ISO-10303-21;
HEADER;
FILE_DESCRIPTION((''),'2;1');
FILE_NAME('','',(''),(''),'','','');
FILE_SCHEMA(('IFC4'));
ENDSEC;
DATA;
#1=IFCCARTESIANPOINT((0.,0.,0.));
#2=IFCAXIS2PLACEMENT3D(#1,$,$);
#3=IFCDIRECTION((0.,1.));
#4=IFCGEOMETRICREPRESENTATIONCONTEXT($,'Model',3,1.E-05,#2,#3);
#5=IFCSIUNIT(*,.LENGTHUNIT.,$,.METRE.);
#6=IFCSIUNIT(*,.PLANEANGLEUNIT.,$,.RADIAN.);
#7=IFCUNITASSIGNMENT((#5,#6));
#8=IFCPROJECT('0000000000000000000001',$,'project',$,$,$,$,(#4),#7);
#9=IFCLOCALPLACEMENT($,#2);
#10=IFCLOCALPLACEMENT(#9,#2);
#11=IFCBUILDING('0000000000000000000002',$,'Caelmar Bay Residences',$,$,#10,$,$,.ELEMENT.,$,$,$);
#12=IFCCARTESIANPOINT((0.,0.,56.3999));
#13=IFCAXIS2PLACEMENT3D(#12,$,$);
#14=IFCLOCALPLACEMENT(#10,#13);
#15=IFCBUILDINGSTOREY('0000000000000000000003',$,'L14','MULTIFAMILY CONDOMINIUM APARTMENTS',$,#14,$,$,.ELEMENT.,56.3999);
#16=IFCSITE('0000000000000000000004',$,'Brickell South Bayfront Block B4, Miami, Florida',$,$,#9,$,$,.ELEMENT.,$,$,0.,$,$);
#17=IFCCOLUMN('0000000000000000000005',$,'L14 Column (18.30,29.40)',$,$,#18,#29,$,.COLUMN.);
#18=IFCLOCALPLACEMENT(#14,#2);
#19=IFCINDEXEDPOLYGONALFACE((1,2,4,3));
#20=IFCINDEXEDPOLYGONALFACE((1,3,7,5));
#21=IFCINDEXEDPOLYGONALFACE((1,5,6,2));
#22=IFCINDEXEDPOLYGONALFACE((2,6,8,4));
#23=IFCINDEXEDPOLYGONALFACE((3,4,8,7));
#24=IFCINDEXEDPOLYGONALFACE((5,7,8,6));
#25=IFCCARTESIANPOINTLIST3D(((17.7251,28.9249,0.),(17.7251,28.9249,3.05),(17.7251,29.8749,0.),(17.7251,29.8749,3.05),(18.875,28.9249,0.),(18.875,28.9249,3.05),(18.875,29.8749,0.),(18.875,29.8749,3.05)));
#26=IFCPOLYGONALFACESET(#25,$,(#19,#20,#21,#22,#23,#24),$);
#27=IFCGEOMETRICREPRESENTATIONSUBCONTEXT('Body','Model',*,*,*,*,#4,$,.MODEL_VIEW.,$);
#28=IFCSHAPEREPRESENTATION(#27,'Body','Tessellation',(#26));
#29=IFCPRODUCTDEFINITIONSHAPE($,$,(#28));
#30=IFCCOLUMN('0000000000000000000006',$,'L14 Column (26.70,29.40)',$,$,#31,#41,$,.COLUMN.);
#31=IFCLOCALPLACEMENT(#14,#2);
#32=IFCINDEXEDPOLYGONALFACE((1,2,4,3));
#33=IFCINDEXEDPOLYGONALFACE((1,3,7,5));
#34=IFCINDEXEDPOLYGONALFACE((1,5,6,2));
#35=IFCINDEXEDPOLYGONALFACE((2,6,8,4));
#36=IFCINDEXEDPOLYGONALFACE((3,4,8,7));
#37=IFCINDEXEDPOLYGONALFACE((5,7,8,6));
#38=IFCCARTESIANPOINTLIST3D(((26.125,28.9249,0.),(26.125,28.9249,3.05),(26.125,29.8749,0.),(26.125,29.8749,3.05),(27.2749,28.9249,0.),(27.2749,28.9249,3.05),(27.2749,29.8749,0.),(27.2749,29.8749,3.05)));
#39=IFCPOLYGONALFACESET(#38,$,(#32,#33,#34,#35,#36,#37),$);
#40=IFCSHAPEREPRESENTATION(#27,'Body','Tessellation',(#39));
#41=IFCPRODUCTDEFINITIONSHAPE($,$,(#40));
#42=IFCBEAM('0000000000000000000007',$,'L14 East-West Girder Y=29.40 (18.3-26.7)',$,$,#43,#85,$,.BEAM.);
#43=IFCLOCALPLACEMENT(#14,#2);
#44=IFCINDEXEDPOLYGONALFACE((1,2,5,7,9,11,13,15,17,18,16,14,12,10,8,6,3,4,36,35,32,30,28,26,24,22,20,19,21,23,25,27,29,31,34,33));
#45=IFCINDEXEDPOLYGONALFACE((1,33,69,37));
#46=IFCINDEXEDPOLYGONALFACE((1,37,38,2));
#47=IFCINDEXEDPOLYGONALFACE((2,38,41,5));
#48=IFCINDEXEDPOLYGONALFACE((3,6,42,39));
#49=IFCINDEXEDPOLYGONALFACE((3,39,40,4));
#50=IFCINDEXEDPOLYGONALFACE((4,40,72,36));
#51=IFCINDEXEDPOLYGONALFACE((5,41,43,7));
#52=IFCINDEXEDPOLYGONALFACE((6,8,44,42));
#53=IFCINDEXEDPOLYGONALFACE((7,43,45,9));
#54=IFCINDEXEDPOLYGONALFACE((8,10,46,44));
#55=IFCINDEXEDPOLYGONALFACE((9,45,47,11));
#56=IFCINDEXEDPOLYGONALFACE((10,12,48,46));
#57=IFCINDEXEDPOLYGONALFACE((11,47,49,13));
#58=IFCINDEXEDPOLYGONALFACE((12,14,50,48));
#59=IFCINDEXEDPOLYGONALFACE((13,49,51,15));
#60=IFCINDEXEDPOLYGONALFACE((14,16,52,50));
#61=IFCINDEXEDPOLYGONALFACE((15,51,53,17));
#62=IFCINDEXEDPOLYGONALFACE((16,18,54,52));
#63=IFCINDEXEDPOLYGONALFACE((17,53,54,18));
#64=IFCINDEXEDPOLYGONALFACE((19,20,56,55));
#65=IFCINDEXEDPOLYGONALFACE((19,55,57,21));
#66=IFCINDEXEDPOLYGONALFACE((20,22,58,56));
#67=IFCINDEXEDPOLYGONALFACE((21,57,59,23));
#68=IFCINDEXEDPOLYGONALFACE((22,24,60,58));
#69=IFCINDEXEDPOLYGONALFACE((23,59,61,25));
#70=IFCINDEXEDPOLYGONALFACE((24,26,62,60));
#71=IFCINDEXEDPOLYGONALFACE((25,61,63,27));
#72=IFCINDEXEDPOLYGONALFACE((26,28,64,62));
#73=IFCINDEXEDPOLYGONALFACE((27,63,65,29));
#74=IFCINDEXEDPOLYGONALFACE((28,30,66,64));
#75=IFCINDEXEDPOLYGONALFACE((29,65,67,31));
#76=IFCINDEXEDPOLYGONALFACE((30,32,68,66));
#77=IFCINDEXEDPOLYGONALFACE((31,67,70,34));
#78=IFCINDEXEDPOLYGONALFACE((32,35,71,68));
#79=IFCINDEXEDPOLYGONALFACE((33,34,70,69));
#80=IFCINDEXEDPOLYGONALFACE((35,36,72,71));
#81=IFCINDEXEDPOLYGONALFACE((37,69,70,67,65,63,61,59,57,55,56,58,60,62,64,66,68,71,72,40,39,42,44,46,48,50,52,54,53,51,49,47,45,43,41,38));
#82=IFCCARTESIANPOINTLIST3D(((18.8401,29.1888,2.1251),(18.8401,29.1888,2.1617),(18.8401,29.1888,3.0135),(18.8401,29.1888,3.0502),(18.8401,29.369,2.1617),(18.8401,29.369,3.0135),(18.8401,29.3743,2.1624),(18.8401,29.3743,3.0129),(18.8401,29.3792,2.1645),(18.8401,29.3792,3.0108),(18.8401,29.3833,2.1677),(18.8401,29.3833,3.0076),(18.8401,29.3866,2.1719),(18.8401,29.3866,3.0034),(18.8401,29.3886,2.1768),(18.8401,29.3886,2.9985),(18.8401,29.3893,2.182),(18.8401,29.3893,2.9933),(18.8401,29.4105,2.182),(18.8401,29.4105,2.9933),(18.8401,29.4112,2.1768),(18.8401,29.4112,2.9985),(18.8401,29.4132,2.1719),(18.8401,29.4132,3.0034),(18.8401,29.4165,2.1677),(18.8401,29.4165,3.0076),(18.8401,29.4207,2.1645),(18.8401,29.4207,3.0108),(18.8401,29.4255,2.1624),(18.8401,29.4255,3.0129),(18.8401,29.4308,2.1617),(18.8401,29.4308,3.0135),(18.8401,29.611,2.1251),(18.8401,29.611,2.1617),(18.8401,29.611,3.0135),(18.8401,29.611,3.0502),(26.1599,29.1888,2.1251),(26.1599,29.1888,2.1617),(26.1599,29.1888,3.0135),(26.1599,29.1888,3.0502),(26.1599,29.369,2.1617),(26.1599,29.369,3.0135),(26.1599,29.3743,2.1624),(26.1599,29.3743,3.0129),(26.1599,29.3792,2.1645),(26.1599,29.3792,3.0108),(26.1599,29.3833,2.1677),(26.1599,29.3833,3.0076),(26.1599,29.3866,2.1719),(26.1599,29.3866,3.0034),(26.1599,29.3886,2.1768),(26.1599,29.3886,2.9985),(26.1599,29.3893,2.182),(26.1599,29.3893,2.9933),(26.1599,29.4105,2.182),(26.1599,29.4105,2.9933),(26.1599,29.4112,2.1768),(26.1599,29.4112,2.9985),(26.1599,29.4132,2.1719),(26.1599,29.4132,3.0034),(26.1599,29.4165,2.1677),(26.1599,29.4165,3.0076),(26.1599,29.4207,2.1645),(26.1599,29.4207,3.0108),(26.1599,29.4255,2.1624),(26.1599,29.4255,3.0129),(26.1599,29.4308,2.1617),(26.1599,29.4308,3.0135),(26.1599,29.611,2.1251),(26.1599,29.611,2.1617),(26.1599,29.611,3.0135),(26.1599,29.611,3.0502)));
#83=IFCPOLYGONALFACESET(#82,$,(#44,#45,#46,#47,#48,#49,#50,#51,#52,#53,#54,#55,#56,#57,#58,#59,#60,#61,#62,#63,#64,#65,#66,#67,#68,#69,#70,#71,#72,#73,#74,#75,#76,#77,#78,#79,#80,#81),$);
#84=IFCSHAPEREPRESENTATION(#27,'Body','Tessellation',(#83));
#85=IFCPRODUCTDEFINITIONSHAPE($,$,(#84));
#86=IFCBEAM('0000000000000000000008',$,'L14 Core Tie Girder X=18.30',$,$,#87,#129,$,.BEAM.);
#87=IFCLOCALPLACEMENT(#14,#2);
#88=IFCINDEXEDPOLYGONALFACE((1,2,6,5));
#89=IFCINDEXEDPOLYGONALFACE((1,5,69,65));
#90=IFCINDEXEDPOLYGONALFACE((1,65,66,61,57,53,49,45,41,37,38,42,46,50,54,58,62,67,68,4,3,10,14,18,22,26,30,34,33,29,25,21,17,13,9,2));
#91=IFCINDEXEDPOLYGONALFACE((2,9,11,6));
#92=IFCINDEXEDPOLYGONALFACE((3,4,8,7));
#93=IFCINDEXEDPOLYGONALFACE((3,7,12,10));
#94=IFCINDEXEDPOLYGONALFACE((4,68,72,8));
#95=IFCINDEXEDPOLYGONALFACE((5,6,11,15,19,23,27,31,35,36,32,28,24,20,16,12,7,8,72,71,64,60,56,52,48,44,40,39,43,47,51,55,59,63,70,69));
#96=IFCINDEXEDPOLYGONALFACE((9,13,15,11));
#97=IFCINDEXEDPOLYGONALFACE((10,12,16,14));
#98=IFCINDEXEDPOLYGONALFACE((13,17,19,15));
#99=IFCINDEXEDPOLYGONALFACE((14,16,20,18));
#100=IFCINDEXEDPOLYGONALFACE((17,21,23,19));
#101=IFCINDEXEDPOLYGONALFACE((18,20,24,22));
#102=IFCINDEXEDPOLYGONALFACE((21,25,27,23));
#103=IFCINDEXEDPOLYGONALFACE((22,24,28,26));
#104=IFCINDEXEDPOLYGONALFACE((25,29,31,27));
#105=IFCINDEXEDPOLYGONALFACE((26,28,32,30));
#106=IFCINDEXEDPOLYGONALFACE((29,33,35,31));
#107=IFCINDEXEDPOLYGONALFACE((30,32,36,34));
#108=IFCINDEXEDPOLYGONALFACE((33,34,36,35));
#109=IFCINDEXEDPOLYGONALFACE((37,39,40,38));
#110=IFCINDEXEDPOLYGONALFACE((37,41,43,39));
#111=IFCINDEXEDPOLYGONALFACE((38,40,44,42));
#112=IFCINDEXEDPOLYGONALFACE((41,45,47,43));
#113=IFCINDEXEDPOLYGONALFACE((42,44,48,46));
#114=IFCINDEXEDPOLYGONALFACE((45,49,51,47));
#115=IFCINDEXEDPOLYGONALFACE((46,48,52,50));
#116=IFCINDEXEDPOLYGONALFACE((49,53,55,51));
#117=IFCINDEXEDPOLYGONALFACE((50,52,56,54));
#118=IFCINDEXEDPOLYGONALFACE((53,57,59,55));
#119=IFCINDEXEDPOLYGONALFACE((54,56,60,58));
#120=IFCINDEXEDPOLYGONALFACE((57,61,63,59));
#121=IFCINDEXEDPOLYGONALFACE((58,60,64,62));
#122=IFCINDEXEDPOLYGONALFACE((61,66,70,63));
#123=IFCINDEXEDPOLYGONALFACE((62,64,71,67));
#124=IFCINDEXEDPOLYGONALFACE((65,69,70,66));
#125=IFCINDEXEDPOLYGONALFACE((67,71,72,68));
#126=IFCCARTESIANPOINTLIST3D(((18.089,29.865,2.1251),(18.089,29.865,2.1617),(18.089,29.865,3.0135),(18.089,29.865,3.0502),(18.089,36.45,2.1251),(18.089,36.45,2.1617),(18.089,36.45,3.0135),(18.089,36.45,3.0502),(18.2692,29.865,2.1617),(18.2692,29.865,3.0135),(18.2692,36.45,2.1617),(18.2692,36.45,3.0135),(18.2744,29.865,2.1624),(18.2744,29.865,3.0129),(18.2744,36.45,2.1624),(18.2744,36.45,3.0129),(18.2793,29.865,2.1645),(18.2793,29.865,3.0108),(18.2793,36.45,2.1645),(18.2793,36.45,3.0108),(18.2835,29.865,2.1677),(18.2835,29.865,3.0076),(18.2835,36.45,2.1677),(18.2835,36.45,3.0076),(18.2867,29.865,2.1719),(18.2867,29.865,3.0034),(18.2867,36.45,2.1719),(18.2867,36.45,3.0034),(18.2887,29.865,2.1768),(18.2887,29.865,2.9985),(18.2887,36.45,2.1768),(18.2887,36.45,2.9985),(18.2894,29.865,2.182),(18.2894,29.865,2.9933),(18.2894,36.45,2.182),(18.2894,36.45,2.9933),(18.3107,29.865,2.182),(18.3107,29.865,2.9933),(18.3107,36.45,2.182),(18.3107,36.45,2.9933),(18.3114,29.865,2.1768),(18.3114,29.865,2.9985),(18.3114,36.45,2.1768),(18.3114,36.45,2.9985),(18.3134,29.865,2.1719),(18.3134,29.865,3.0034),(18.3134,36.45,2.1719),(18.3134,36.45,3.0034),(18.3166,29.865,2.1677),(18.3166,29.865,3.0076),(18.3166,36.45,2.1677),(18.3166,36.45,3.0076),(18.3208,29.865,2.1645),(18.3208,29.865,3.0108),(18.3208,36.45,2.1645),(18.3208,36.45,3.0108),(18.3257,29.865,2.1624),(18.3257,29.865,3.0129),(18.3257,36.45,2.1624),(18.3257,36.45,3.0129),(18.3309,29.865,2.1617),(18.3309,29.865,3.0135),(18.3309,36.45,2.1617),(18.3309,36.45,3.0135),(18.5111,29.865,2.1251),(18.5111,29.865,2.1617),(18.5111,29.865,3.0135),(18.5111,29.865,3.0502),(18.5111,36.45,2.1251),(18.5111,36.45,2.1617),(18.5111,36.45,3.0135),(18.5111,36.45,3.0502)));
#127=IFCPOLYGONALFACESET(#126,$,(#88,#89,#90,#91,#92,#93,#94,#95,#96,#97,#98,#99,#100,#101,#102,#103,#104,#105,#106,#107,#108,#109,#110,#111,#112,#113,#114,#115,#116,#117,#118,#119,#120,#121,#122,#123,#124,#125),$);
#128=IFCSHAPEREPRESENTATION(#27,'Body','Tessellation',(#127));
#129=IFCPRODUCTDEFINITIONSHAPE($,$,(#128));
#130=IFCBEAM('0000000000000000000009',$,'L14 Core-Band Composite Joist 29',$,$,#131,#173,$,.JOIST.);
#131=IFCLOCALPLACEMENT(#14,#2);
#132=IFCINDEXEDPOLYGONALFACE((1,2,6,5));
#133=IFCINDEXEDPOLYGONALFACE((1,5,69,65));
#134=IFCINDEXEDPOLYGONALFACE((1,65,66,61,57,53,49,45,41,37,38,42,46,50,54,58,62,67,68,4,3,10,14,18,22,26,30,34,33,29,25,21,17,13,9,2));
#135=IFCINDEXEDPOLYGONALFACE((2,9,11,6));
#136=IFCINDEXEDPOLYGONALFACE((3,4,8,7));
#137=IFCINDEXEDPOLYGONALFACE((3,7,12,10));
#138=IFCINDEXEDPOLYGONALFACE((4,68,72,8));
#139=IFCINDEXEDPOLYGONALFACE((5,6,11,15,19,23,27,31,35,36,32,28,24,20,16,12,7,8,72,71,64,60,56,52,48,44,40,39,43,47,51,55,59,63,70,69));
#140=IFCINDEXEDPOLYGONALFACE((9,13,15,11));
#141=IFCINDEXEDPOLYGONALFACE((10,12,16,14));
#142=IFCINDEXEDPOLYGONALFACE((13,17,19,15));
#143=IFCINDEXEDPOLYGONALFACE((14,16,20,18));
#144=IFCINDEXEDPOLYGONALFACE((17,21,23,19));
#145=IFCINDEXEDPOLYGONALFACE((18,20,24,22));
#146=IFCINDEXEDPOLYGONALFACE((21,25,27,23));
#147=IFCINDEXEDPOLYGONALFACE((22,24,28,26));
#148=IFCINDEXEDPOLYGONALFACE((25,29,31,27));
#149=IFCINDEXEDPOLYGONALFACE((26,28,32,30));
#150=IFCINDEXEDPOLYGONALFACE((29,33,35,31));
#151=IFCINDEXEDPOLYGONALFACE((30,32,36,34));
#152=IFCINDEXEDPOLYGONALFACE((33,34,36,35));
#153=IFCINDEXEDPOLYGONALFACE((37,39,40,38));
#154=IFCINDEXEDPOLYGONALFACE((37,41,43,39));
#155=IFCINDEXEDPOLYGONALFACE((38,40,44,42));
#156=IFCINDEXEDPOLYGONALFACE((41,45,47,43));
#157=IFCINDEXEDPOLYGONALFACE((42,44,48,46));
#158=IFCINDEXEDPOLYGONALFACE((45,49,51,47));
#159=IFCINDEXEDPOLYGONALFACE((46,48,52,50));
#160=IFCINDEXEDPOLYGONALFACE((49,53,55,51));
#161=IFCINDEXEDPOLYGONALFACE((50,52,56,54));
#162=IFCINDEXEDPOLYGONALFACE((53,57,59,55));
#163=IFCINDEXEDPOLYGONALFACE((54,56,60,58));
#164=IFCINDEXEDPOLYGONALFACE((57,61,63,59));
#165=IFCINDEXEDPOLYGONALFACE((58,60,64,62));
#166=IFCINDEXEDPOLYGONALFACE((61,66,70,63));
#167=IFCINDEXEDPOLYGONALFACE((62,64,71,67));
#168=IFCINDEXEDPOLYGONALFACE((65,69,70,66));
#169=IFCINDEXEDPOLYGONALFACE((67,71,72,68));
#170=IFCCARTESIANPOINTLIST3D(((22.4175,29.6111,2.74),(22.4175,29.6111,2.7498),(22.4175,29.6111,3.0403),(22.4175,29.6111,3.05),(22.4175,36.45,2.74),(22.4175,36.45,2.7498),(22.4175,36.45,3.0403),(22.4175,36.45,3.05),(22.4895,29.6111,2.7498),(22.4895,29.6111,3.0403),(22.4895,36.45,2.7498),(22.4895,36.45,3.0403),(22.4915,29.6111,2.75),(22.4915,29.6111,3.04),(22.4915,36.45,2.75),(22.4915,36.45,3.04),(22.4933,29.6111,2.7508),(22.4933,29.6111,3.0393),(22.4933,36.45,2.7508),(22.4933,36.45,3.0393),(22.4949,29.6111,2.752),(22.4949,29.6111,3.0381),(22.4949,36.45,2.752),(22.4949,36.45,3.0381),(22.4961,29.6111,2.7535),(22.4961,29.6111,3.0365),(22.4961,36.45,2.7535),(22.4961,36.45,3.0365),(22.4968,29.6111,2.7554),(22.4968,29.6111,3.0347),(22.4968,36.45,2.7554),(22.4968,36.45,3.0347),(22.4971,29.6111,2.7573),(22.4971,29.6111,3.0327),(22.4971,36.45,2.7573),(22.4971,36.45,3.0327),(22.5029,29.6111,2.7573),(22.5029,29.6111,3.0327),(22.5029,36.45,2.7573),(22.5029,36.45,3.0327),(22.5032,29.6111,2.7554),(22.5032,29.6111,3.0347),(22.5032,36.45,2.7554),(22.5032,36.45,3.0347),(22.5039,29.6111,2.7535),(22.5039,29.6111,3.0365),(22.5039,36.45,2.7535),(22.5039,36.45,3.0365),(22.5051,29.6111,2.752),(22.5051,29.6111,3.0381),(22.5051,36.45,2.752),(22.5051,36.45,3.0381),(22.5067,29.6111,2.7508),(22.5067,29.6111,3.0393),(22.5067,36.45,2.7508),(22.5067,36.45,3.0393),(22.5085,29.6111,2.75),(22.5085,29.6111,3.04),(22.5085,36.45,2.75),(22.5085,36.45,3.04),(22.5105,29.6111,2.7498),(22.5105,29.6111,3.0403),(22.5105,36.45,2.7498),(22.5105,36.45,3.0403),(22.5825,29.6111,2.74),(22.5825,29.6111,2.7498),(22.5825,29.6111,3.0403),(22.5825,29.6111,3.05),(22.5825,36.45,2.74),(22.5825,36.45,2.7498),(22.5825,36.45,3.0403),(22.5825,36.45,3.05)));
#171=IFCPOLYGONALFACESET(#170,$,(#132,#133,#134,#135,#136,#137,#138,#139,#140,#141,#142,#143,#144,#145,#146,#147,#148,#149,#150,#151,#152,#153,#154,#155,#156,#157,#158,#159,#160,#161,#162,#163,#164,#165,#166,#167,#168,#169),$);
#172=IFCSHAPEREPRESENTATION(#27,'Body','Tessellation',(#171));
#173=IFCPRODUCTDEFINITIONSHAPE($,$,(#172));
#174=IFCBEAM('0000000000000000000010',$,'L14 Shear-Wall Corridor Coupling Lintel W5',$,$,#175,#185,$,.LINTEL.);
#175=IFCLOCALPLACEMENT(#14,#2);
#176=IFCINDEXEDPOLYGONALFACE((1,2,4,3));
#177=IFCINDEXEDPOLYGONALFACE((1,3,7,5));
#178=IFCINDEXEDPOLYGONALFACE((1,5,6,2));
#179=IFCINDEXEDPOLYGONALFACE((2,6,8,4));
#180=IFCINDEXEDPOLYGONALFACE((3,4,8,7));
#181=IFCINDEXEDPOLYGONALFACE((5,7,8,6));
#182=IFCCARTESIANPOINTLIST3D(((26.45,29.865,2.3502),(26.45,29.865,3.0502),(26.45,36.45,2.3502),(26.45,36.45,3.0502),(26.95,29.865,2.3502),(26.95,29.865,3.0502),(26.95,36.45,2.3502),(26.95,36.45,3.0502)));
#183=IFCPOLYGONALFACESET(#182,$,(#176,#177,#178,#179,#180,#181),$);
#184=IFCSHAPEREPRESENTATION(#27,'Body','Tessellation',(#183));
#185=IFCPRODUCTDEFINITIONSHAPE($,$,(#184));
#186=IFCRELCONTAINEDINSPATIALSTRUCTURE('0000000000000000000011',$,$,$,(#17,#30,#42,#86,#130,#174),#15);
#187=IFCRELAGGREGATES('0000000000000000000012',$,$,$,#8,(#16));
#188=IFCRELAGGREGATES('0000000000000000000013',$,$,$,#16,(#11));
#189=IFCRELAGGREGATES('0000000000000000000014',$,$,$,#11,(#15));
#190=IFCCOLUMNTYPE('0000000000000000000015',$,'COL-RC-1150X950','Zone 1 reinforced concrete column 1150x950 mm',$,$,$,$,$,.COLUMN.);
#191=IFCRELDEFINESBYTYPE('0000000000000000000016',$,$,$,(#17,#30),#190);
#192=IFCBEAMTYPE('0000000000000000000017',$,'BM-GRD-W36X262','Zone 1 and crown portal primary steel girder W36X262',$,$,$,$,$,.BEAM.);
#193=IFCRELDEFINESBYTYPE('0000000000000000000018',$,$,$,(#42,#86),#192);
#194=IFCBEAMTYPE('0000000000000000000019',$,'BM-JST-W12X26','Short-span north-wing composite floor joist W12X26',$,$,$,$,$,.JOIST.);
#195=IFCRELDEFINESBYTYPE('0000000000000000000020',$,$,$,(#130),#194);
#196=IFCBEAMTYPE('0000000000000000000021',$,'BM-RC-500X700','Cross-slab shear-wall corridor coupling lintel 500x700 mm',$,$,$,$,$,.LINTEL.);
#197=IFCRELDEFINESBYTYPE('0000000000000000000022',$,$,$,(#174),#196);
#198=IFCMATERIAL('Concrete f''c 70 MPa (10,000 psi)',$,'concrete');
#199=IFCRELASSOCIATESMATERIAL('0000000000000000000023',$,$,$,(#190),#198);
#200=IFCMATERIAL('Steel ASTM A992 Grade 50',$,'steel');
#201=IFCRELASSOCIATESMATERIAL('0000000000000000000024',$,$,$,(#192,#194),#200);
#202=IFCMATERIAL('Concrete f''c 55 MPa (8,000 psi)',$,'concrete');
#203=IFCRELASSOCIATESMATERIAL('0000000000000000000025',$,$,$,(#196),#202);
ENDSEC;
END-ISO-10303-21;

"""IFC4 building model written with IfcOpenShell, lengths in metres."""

from ifc_helpers import new_model, si_unit, direction, frame, origin, origin_2d, place, context, subcontext, project, spatial, rectangle, i_section, extrude, material, material_profile, profile_set, type_object, element, save


model = new_model("IFC4")

# Units and contexts
model_context = context("Model", 3, precision=1e-05, world=origin(), true_north=direction((0.0, 1.0)))
body_context = subcontext(model_context, "Body", "Model", "MODEL_VIEW")
ifc_project = project(units=[si_unit("LENGTHUNIT", "METRE"), si_unit("PLANEANGLEUNIT", "RADIAN")], contexts=[model_context])

# Site, building, storey
site_placement = place(None, origin())
site = spatial("IfcSite", under=ifc_project, at=site_placement, Name="Brickell South Bayfront Block B4, Miami, Florida", CompositionType="ELEMENT", RefElevation=0.0)
building_placement = place(site_placement, origin())
building = spatial("IfcBuilding", under=site, at=building_placement, Name="Caelmar Bay Residences", CompositionType="ELEMENT")
storey_placement = place(building_placement, frame((0.0, 0.0, 56.3999)))
storey = spatial("IfcBuildingStorey", under=building, at=storey_placement, Name="L14", Description="MULTIFAMILY CONDOMINIUM APARTMENTS", CompositionType="ELEMENT", Elevation=56.3999)

# Columns
ifc_material_1 = material(Name="Concrete f'c 70 MPa (10,000 psi)", Category="concrete")
ifc_material_profile_1 = material_profile(ifc_material_1, rectangle(XDim=1.1499, YDim=0.95, at=origin_2d()), Name="RC-COL-1150X950")
ifc_profile_set_1 = profile_set([ifc_material_profile_1], Name="Concrete f'c 70 MPa (10,000 psi)")
column_type = type_object("IfcColumnType", Name="COL-RC-1150X950", Description="Zone 1 reinforced concrete column 1150x950 mm", PredefinedType="COLUMN", material=ifc_profile_set_1)
for number, where, z_axis, x_axis, name in (
    (1, (18.3, 29.3999, 0.0), (0.0, 0.0, 1.0), (1.0, 0.0, 0.0), "L14 Column (18.30,29.40)"),
    (2, (26.7, 29.3999, 0.0), (0.0, 0.0, 1.0), (1.0, 0.0, 0.0), "L14 Column (26.70,29.40)"),
):
    element("IfcColumn", number, at=place(storey_placement, frame(where, z_axis=z_axis, x_axis=x_axis)), inside=storey, type_object=column_type, Name=name, PredefinedType="COLUMN", context=body_context, shape_type="SweptSolid", body=[
        extrude(rectangle(XDim=1.1499, YDim=0.95, at=origin_2d()), origin(), (0.0, 0.0, 1.0), 3.05),
    ])

# Beams
ifc_material_2 = material(Name="Steel ASTM A992 Grade 50", Category="steel")
ifc_material_profile_2 = material_profile(ifc_material_2, i_section(OverallWidth=0.4221, OverallDepth=0.925, WebThickness=0.0212, FlangeThickness=0.0366, FilletRadius=0.0203, at=origin_2d()), Name="W36X262")
ifc_profile_set_2 = profile_set([ifc_material_profile_2], Name="Steel ASTM A992 Grade 50")
beam_type_1 = type_object("IfcBeamType", Name="BM-GRD-W36X262", Description="Zone 1 and crown portal primary steel girder W36X262", PredefinedType="BEAM", material=ifc_profile_set_2)
beam_1_placement = place(storey_placement, frame((18.8401, 29.3999, 2.5876), z_axis=(1.0, 0.0, 0.0), x_axis=(0.0, 1.0, 0.0)))
element("IfcBeam", 3, at=beam_1_placement, inside=storey, type_object=beam_type_1, Name="L14 East-West Girder Y=29.40 (18.3-26.7)", PredefinedType="BEAM", context=body_context, shape_type="SweptSolid", body=[
    extrude(i_section(OverallWidth=0.4221, OverallDepth=0.925, WebThickness=0.0212, FlangeThickness=0.0366, FilletRadius=0.0203, at=origin_2d()), origin(), (0.0, 0.0, 1.0), 7.3198),
])
beam_2_placement = place(storey_placement, frame((18.3, 29.865, 2.5876), z_axis=(0.0, 1.0, 0.0), x_axis=(-1.0, 0.0, 0.0)))
element("IfcBeam", 4, at=beam_2_placement, inside=storey, type_object=beam_type_1, Name="L14 Core Tie Girder X=18.30", PredefinedType="BEAM", context=body_context, shape_type="SweptSolid", body=[
    extrude(i_section(OverallWidth=0.4221, OverallDepth=0.925, WebThickness=0.0212, FlangeThickness=0.0366, FilletRadius=0.0203, at=origin_2d()), origin(), (0.0, 0.0, 1.0), 6.585),
])
ifc_material_profile_3 = material_profile(ifc_material_2, i_section(OverallWidth=0.165, OverallDepth=0.3101, WebThickness=0.0059, FlangeThickness=0.0098, FilletRadius=0.0076, at=origin_2d()), Name="W12X26")
ifc_profile_set_3 = profile_set([ifc_material_profile_3], Name="Steel ASTM A992 Grade 50")
beam_type_2 = type_object("IfcBeamType", Name="BM-JST-W12X26", Description="Short-span north-wing composite floor joist W12X26", PredefinedType="JOIST", material=ifc_profile_set_3)
beam_3_placement = place(storey_placement, frame((22.5, 29.6111, 2.895), z_axis=(0.0, 1.0, 0.0), x_axis=(-1.0, 0.0, 0.0)))
element("IfcBeam", 5, at=beam_3_placement, inside=storey, type_object=beam_type_2, Name="L14 Core-Band Composite Joist 29", PredefinedType="JOIST", context=body_context, shape_type="SweptSolid", body=[
    extrude(i_section(OverallWidth=0.165, OverallDepth=0.3101, WebThickness=0.0059, FlangeThickness=0.0098, FilletRadius=0.0076, at=origin_2d()), origin(), (0.0, 0.0, 1.0), 6.8389),
])
ifc_material_3 = material(Name="Concrete f'c 55 MPa (8,000 psi)", Category="concrete")
ifc_material_profile_4 = material_profile(ifc_material_3, rectangle(XDim=0.5, YDim=0.7, at=origin_2d()), Name="RC-BM-500X700")
ifc_profile_set_4 = profile_set([ifc_material_profile_4], Name="Concrete f'c 55 MPa (8,000 psi)")
beam_type_3 = type_object("IfcBeamType", Name="BM-RC-500X700", Description="Cross-slab shear-wall corridor coupling lintel 500x700 mm", PredefinedType="LINTEL", material=ifc_profile_set_4)
beam_4_placement = place(storey_placement, frame((26.7, 29.865, 2.7002), z_axis=(0.0, 1.0, 0.0), x_axis=(-1.0, 0.0, 0.0)))
element("IfcBeam", 6, at=beam_4_placement, inside=storey, type_object=beam_type_3, Name="L14 Shear-Wall Corridor Coupling Lintel W5", PredefinedType="LINTEL", context=body_context, shape_type="SweptSolid", body=[
    extrude(rectangle(XDim=0.5, YDim=0.7, at=origin_2d()), origin(), (0.0, 0.0, 1.0), 6.585),
])

save(model, "model.ifc")
